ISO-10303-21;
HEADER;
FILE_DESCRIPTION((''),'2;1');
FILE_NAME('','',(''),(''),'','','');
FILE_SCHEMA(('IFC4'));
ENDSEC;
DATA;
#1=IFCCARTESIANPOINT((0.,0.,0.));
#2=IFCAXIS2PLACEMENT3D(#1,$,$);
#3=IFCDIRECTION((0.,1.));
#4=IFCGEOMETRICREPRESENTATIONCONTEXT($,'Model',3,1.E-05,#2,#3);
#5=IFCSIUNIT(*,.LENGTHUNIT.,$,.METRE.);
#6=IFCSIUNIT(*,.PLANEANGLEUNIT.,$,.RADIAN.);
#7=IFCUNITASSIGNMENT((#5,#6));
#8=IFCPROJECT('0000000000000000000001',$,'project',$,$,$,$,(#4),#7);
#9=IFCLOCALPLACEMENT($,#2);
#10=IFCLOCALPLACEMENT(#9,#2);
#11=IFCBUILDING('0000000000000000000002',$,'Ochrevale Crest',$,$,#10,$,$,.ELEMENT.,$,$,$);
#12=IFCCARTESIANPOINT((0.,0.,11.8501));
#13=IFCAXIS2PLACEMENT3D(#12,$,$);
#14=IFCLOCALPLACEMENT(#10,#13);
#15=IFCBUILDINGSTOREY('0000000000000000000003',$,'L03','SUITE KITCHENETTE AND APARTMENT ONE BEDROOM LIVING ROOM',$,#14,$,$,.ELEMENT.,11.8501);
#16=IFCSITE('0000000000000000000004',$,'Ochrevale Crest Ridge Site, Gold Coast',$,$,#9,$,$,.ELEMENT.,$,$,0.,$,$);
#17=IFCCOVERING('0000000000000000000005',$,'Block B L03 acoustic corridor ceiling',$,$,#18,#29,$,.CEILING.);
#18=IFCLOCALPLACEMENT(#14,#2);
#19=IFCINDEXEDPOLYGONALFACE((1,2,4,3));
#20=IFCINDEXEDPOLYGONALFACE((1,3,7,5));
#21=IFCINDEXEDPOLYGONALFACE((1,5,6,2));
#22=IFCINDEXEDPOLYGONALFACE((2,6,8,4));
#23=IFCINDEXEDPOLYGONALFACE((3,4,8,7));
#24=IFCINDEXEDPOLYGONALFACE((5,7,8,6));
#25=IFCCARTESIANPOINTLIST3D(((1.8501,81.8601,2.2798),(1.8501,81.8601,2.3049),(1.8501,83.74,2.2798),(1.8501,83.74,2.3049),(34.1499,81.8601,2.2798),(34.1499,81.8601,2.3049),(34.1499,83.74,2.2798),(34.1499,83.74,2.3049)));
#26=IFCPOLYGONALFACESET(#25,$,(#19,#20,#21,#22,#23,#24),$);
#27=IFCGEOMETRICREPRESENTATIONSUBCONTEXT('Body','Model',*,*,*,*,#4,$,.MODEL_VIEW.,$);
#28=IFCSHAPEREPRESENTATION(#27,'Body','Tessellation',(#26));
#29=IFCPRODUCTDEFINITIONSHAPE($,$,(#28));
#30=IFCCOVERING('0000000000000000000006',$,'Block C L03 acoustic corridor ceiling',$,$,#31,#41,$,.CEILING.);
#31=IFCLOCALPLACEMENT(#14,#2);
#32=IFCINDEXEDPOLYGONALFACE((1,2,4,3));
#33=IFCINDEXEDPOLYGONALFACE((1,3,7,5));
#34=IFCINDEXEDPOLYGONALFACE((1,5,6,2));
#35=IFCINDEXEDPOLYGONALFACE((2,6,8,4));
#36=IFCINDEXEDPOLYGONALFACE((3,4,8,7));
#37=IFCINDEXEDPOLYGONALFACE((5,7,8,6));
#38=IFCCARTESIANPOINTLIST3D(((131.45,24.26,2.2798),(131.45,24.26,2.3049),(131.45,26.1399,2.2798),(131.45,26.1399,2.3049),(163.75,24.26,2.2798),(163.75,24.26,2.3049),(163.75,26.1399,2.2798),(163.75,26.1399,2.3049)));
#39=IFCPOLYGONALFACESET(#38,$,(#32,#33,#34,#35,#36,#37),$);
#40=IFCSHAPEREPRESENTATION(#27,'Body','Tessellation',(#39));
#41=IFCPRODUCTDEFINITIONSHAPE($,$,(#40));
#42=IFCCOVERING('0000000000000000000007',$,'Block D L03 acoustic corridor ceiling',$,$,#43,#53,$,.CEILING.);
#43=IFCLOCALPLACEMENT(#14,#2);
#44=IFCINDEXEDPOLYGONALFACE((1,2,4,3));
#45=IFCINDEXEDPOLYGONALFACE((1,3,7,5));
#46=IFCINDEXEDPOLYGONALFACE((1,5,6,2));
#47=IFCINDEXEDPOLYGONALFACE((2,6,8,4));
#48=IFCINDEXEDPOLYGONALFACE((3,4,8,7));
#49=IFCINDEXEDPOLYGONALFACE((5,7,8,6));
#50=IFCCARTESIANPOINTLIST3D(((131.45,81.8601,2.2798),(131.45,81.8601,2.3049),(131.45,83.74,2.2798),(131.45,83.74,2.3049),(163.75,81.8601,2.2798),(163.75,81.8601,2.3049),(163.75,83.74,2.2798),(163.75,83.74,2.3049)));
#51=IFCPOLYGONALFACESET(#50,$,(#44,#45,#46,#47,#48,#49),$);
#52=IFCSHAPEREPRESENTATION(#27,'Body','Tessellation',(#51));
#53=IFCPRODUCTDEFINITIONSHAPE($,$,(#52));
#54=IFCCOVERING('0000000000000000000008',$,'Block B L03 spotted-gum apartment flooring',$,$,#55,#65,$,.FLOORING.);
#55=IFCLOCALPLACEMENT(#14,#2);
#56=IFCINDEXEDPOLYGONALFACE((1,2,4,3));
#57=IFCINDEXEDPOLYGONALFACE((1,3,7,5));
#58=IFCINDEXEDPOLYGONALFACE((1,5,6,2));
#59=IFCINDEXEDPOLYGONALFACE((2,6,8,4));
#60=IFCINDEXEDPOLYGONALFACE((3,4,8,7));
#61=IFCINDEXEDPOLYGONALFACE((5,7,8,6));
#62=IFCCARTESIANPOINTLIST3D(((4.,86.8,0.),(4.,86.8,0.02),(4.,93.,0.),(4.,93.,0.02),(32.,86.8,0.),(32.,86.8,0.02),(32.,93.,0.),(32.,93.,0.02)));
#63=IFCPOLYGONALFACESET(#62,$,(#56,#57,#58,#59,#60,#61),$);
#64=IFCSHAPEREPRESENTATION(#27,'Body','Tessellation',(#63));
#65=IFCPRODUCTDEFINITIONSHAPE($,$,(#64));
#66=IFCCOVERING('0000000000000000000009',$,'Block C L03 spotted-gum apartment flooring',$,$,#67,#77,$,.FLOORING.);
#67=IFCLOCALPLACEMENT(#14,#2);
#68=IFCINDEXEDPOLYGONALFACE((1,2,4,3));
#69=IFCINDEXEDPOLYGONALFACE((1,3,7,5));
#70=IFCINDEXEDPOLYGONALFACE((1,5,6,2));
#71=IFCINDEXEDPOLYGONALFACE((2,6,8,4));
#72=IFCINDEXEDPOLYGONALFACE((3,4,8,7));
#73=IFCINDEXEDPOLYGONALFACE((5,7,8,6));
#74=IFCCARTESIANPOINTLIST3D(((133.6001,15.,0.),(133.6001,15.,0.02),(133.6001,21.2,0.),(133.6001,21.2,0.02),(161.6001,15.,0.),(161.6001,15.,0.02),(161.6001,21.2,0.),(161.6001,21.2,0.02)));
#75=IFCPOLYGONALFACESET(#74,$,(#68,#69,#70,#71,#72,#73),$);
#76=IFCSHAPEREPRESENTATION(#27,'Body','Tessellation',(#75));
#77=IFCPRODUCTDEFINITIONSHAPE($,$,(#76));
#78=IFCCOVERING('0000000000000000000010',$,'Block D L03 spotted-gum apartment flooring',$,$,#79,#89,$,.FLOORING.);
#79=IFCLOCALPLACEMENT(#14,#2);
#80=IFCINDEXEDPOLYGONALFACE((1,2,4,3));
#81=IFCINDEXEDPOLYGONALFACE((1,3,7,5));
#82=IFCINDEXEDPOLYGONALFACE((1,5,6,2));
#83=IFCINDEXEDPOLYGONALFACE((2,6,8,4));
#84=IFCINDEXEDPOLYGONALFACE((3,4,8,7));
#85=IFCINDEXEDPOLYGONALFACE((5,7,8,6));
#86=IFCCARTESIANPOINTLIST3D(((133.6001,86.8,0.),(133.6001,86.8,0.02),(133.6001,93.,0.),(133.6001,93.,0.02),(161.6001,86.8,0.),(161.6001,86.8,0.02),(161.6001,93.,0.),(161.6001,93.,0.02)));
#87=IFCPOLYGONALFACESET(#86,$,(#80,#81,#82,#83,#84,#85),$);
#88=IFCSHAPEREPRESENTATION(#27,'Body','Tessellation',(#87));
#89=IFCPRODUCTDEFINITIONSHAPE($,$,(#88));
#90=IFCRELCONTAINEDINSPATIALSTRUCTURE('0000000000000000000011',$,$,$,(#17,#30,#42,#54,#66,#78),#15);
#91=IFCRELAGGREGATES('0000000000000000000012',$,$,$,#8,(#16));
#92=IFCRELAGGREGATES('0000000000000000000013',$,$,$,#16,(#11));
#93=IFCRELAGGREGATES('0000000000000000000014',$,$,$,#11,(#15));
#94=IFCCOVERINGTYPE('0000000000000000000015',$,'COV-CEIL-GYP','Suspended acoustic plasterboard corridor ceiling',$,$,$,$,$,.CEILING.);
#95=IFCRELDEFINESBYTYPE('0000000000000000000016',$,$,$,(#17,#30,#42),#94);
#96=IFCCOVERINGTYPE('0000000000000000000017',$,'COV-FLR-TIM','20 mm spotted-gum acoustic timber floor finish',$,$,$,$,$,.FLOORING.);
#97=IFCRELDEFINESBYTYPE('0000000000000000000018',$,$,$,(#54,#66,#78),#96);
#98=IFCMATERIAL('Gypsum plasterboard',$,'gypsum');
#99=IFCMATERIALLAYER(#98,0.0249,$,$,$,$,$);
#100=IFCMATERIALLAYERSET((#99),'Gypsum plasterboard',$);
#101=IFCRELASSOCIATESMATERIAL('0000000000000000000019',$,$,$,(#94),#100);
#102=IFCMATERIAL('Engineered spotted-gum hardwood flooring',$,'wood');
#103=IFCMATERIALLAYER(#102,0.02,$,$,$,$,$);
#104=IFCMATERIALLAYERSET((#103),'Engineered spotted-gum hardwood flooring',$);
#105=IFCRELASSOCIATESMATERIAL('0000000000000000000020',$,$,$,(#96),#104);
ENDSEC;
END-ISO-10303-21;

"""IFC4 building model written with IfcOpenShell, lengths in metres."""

from ifc_helpers import new_model, si_unit, direction, frame, origin, place, context, subcontext, project, spatial, polyline, outline, extrude, material, layer, layer_set, type_object, element, save


model = new_model("IFC4")

# Units and contexts
model_context = context("Model", 3, precision=1e-05, world=origin(), true_north=direction((0.0, 1.0)))
body_context = subcontext(model_context, "Body", "Model", "MODEL_VIEW")
ifc_project = project(units=[si_unit("LENGTHUNIT", "METRE"), si_unit("PLANEANGLEUNIT", "RADIAN")], contexts=[model_context])

# Site, building, storey
site_placement = place(None, origin())
site = spatial("IfcSite", under=ifc_project, at=site_placement, Name="Ochrevale Crest Ridge Site, Gold Coast", CompositionType="ELEMENT", RefElevation=0.0)
building_placement = place(site_placement, origin())
building = spatial("IfcBuilding", under=site, at=building_placement, Name="Ochrevale Crest", CompositionType="ELEMENT")
storey_placement = place(building_placement, frame((0.0, 0.0, 11.8501)))
storey = spatial("IfcBuildingStorey", under=building, at=storey_placement, Name="L03", Description="SUITE KITCHENETTE AND APARTMENT ONE BEDROOM LIVING ROOM", CompositionType="ELEMENT", Elevation=11.8501)

# Coverings
ifc_material_1 = material(Name="Gypsum plasterboard", Category="gypsum")
ifc_layer_1 = layer(ifc_material_1, 0.0249)
ifc_layer_set_1 = layer_set([ifc_layer_1], Name="Gypsum plasterboard")
covering_type_1 = type_object("IfcCoveringType", Name="COV-CEIL-GYP", Description="Suspended acoustic plasterboard corridor ceiling", PredefinedType="CEILING", material=ifc_layer_set_1)
covering_1_placement = place(storey_placement, frame((0.0, 0.0, 2.2798)))
element("IfcCovering", 1, at=covering_1_placement, inside=storey, type_object=covering_type_1, Name="Block B L03 acoustic corridor ceiling", PredefinedType="CEILING", context=body_context, shape_type="SweptSolid", body=[
    extrude(outline(polyline([(1.8501, 81.8601), (34.1499, 81.8601), (34.1499, 83.74), (1.8501, 83.74), (1.8501, 81.8601)])), origin(), (0.0, 0.0, 1.0), 0.0251),
])
covering_2_placement = place(storey_placement, frame((0.0, 0.0, 2.2798)))
element("IfcCovering", 2, at=covering_2_placement, inside=storey, type_object=covering_type_1, Name="Block C L03 acoustic corridor ceiling", PredefinedType="CEILING", context=body_context, shape_type="SweptSolid", body=[
    extrude(outline(polyline([(131.45, 24.26), (163.75, 24.26), (163.75, 26.1399), (131.45, 26.1399), (131.45, 24.26)])), origin(), (0.0, 0.0, 1.0), 0.0251),
])
covering_3_placement = place(storey_placement, frame((0.0, 0.0, 2.2798)))
element("IfcCovering", 3, at=covering_3_placement, inside=storey, type_object=covering_type_1, Name="Block D L03 acoustic corridor ceiling", PredefinedType="CEILING", context=body_context, shape_type="SweptSolid", body=[
    extrude(outline(polyline([(131.45, 81.8601), (163.75, 81.8601), (163.75, 83.74), (131.45, 83.74), (131.45, 81.8601)])), origin(), (0.0, 0.0, 1.0), 0.0251),
])
ifc_material_2 = material(Name="Engineered spotted-gum hardwood flooring", Category="wood")
ifc_layer_2 = layer(ifc_material_2, 0.02)
ifc_layer_set_2 = layer_set([ifc_layer_2], Name="Engineered spotted-gum hardwood flooring")
covering_type_2 = type_object("IfcCoveringType", Name="COV-FLR-TIM", Description="20 mm spotted-gum acoustic timber floor finish", PredefinedType="FLOORING", material=ifc_layer_set_2)
covering_4_placement = place(storey_placement, origin())
element("IfcCovering", 4, at=covering_4_placement, inside=storey, type_object=covering_type_2, Name="Block B L03 spotted-gum apartment flooring", PredefinedType="FLOORING", context=body_context, shape_type="SweptSolid", body=[
    extrude(outline(polyline([(4.0, 86.8), (32.0, 86.8), (32.0, 93.0), (4.0, 93.0), (4.0, 86.8)])), origin(), (0.0, 0.0, 1.0), 0.02),
])
covering_5_placement = place(storey_placement, origin())
element("IfcCovering", 5, at=covering_5_placement, inside=storey, type_object=covering_type_2, Name="Block C L03 spotted-gum apartment flooring", PredefinedType="FLOORING", context=body_context, shape_type="SweptSolid", body=[
    extrude(outline(polyline([(133.6001, 15.0), (161.6001, 15.0), (161.6001, 21.2), (133.6001, 21.2), (133.6001, 15.0)])), origin(), (0.0, 0.0, 1.0), 0.02),
])
covering_6_placement = place(storey_placement, origin())
element("IfcCovering", 6, at=covering_6_placement, inside=storey, type_object=covering_type_2, Name="Block D L03 spotted-gum apartment flooring", PredefinedType="FLOORING", context=body_context, shape_type="SweptSolid", body=[
    extrude(outline(polyline([(133.6001, 86.8), (161.6001, 86.8), (161.6001, 93.0), (133.6001, 93.0), (133.6001, 86.8)])), origin(), (0.0, 0.0, 1.0), 0.02),
])

save(model, "model.ifc")
